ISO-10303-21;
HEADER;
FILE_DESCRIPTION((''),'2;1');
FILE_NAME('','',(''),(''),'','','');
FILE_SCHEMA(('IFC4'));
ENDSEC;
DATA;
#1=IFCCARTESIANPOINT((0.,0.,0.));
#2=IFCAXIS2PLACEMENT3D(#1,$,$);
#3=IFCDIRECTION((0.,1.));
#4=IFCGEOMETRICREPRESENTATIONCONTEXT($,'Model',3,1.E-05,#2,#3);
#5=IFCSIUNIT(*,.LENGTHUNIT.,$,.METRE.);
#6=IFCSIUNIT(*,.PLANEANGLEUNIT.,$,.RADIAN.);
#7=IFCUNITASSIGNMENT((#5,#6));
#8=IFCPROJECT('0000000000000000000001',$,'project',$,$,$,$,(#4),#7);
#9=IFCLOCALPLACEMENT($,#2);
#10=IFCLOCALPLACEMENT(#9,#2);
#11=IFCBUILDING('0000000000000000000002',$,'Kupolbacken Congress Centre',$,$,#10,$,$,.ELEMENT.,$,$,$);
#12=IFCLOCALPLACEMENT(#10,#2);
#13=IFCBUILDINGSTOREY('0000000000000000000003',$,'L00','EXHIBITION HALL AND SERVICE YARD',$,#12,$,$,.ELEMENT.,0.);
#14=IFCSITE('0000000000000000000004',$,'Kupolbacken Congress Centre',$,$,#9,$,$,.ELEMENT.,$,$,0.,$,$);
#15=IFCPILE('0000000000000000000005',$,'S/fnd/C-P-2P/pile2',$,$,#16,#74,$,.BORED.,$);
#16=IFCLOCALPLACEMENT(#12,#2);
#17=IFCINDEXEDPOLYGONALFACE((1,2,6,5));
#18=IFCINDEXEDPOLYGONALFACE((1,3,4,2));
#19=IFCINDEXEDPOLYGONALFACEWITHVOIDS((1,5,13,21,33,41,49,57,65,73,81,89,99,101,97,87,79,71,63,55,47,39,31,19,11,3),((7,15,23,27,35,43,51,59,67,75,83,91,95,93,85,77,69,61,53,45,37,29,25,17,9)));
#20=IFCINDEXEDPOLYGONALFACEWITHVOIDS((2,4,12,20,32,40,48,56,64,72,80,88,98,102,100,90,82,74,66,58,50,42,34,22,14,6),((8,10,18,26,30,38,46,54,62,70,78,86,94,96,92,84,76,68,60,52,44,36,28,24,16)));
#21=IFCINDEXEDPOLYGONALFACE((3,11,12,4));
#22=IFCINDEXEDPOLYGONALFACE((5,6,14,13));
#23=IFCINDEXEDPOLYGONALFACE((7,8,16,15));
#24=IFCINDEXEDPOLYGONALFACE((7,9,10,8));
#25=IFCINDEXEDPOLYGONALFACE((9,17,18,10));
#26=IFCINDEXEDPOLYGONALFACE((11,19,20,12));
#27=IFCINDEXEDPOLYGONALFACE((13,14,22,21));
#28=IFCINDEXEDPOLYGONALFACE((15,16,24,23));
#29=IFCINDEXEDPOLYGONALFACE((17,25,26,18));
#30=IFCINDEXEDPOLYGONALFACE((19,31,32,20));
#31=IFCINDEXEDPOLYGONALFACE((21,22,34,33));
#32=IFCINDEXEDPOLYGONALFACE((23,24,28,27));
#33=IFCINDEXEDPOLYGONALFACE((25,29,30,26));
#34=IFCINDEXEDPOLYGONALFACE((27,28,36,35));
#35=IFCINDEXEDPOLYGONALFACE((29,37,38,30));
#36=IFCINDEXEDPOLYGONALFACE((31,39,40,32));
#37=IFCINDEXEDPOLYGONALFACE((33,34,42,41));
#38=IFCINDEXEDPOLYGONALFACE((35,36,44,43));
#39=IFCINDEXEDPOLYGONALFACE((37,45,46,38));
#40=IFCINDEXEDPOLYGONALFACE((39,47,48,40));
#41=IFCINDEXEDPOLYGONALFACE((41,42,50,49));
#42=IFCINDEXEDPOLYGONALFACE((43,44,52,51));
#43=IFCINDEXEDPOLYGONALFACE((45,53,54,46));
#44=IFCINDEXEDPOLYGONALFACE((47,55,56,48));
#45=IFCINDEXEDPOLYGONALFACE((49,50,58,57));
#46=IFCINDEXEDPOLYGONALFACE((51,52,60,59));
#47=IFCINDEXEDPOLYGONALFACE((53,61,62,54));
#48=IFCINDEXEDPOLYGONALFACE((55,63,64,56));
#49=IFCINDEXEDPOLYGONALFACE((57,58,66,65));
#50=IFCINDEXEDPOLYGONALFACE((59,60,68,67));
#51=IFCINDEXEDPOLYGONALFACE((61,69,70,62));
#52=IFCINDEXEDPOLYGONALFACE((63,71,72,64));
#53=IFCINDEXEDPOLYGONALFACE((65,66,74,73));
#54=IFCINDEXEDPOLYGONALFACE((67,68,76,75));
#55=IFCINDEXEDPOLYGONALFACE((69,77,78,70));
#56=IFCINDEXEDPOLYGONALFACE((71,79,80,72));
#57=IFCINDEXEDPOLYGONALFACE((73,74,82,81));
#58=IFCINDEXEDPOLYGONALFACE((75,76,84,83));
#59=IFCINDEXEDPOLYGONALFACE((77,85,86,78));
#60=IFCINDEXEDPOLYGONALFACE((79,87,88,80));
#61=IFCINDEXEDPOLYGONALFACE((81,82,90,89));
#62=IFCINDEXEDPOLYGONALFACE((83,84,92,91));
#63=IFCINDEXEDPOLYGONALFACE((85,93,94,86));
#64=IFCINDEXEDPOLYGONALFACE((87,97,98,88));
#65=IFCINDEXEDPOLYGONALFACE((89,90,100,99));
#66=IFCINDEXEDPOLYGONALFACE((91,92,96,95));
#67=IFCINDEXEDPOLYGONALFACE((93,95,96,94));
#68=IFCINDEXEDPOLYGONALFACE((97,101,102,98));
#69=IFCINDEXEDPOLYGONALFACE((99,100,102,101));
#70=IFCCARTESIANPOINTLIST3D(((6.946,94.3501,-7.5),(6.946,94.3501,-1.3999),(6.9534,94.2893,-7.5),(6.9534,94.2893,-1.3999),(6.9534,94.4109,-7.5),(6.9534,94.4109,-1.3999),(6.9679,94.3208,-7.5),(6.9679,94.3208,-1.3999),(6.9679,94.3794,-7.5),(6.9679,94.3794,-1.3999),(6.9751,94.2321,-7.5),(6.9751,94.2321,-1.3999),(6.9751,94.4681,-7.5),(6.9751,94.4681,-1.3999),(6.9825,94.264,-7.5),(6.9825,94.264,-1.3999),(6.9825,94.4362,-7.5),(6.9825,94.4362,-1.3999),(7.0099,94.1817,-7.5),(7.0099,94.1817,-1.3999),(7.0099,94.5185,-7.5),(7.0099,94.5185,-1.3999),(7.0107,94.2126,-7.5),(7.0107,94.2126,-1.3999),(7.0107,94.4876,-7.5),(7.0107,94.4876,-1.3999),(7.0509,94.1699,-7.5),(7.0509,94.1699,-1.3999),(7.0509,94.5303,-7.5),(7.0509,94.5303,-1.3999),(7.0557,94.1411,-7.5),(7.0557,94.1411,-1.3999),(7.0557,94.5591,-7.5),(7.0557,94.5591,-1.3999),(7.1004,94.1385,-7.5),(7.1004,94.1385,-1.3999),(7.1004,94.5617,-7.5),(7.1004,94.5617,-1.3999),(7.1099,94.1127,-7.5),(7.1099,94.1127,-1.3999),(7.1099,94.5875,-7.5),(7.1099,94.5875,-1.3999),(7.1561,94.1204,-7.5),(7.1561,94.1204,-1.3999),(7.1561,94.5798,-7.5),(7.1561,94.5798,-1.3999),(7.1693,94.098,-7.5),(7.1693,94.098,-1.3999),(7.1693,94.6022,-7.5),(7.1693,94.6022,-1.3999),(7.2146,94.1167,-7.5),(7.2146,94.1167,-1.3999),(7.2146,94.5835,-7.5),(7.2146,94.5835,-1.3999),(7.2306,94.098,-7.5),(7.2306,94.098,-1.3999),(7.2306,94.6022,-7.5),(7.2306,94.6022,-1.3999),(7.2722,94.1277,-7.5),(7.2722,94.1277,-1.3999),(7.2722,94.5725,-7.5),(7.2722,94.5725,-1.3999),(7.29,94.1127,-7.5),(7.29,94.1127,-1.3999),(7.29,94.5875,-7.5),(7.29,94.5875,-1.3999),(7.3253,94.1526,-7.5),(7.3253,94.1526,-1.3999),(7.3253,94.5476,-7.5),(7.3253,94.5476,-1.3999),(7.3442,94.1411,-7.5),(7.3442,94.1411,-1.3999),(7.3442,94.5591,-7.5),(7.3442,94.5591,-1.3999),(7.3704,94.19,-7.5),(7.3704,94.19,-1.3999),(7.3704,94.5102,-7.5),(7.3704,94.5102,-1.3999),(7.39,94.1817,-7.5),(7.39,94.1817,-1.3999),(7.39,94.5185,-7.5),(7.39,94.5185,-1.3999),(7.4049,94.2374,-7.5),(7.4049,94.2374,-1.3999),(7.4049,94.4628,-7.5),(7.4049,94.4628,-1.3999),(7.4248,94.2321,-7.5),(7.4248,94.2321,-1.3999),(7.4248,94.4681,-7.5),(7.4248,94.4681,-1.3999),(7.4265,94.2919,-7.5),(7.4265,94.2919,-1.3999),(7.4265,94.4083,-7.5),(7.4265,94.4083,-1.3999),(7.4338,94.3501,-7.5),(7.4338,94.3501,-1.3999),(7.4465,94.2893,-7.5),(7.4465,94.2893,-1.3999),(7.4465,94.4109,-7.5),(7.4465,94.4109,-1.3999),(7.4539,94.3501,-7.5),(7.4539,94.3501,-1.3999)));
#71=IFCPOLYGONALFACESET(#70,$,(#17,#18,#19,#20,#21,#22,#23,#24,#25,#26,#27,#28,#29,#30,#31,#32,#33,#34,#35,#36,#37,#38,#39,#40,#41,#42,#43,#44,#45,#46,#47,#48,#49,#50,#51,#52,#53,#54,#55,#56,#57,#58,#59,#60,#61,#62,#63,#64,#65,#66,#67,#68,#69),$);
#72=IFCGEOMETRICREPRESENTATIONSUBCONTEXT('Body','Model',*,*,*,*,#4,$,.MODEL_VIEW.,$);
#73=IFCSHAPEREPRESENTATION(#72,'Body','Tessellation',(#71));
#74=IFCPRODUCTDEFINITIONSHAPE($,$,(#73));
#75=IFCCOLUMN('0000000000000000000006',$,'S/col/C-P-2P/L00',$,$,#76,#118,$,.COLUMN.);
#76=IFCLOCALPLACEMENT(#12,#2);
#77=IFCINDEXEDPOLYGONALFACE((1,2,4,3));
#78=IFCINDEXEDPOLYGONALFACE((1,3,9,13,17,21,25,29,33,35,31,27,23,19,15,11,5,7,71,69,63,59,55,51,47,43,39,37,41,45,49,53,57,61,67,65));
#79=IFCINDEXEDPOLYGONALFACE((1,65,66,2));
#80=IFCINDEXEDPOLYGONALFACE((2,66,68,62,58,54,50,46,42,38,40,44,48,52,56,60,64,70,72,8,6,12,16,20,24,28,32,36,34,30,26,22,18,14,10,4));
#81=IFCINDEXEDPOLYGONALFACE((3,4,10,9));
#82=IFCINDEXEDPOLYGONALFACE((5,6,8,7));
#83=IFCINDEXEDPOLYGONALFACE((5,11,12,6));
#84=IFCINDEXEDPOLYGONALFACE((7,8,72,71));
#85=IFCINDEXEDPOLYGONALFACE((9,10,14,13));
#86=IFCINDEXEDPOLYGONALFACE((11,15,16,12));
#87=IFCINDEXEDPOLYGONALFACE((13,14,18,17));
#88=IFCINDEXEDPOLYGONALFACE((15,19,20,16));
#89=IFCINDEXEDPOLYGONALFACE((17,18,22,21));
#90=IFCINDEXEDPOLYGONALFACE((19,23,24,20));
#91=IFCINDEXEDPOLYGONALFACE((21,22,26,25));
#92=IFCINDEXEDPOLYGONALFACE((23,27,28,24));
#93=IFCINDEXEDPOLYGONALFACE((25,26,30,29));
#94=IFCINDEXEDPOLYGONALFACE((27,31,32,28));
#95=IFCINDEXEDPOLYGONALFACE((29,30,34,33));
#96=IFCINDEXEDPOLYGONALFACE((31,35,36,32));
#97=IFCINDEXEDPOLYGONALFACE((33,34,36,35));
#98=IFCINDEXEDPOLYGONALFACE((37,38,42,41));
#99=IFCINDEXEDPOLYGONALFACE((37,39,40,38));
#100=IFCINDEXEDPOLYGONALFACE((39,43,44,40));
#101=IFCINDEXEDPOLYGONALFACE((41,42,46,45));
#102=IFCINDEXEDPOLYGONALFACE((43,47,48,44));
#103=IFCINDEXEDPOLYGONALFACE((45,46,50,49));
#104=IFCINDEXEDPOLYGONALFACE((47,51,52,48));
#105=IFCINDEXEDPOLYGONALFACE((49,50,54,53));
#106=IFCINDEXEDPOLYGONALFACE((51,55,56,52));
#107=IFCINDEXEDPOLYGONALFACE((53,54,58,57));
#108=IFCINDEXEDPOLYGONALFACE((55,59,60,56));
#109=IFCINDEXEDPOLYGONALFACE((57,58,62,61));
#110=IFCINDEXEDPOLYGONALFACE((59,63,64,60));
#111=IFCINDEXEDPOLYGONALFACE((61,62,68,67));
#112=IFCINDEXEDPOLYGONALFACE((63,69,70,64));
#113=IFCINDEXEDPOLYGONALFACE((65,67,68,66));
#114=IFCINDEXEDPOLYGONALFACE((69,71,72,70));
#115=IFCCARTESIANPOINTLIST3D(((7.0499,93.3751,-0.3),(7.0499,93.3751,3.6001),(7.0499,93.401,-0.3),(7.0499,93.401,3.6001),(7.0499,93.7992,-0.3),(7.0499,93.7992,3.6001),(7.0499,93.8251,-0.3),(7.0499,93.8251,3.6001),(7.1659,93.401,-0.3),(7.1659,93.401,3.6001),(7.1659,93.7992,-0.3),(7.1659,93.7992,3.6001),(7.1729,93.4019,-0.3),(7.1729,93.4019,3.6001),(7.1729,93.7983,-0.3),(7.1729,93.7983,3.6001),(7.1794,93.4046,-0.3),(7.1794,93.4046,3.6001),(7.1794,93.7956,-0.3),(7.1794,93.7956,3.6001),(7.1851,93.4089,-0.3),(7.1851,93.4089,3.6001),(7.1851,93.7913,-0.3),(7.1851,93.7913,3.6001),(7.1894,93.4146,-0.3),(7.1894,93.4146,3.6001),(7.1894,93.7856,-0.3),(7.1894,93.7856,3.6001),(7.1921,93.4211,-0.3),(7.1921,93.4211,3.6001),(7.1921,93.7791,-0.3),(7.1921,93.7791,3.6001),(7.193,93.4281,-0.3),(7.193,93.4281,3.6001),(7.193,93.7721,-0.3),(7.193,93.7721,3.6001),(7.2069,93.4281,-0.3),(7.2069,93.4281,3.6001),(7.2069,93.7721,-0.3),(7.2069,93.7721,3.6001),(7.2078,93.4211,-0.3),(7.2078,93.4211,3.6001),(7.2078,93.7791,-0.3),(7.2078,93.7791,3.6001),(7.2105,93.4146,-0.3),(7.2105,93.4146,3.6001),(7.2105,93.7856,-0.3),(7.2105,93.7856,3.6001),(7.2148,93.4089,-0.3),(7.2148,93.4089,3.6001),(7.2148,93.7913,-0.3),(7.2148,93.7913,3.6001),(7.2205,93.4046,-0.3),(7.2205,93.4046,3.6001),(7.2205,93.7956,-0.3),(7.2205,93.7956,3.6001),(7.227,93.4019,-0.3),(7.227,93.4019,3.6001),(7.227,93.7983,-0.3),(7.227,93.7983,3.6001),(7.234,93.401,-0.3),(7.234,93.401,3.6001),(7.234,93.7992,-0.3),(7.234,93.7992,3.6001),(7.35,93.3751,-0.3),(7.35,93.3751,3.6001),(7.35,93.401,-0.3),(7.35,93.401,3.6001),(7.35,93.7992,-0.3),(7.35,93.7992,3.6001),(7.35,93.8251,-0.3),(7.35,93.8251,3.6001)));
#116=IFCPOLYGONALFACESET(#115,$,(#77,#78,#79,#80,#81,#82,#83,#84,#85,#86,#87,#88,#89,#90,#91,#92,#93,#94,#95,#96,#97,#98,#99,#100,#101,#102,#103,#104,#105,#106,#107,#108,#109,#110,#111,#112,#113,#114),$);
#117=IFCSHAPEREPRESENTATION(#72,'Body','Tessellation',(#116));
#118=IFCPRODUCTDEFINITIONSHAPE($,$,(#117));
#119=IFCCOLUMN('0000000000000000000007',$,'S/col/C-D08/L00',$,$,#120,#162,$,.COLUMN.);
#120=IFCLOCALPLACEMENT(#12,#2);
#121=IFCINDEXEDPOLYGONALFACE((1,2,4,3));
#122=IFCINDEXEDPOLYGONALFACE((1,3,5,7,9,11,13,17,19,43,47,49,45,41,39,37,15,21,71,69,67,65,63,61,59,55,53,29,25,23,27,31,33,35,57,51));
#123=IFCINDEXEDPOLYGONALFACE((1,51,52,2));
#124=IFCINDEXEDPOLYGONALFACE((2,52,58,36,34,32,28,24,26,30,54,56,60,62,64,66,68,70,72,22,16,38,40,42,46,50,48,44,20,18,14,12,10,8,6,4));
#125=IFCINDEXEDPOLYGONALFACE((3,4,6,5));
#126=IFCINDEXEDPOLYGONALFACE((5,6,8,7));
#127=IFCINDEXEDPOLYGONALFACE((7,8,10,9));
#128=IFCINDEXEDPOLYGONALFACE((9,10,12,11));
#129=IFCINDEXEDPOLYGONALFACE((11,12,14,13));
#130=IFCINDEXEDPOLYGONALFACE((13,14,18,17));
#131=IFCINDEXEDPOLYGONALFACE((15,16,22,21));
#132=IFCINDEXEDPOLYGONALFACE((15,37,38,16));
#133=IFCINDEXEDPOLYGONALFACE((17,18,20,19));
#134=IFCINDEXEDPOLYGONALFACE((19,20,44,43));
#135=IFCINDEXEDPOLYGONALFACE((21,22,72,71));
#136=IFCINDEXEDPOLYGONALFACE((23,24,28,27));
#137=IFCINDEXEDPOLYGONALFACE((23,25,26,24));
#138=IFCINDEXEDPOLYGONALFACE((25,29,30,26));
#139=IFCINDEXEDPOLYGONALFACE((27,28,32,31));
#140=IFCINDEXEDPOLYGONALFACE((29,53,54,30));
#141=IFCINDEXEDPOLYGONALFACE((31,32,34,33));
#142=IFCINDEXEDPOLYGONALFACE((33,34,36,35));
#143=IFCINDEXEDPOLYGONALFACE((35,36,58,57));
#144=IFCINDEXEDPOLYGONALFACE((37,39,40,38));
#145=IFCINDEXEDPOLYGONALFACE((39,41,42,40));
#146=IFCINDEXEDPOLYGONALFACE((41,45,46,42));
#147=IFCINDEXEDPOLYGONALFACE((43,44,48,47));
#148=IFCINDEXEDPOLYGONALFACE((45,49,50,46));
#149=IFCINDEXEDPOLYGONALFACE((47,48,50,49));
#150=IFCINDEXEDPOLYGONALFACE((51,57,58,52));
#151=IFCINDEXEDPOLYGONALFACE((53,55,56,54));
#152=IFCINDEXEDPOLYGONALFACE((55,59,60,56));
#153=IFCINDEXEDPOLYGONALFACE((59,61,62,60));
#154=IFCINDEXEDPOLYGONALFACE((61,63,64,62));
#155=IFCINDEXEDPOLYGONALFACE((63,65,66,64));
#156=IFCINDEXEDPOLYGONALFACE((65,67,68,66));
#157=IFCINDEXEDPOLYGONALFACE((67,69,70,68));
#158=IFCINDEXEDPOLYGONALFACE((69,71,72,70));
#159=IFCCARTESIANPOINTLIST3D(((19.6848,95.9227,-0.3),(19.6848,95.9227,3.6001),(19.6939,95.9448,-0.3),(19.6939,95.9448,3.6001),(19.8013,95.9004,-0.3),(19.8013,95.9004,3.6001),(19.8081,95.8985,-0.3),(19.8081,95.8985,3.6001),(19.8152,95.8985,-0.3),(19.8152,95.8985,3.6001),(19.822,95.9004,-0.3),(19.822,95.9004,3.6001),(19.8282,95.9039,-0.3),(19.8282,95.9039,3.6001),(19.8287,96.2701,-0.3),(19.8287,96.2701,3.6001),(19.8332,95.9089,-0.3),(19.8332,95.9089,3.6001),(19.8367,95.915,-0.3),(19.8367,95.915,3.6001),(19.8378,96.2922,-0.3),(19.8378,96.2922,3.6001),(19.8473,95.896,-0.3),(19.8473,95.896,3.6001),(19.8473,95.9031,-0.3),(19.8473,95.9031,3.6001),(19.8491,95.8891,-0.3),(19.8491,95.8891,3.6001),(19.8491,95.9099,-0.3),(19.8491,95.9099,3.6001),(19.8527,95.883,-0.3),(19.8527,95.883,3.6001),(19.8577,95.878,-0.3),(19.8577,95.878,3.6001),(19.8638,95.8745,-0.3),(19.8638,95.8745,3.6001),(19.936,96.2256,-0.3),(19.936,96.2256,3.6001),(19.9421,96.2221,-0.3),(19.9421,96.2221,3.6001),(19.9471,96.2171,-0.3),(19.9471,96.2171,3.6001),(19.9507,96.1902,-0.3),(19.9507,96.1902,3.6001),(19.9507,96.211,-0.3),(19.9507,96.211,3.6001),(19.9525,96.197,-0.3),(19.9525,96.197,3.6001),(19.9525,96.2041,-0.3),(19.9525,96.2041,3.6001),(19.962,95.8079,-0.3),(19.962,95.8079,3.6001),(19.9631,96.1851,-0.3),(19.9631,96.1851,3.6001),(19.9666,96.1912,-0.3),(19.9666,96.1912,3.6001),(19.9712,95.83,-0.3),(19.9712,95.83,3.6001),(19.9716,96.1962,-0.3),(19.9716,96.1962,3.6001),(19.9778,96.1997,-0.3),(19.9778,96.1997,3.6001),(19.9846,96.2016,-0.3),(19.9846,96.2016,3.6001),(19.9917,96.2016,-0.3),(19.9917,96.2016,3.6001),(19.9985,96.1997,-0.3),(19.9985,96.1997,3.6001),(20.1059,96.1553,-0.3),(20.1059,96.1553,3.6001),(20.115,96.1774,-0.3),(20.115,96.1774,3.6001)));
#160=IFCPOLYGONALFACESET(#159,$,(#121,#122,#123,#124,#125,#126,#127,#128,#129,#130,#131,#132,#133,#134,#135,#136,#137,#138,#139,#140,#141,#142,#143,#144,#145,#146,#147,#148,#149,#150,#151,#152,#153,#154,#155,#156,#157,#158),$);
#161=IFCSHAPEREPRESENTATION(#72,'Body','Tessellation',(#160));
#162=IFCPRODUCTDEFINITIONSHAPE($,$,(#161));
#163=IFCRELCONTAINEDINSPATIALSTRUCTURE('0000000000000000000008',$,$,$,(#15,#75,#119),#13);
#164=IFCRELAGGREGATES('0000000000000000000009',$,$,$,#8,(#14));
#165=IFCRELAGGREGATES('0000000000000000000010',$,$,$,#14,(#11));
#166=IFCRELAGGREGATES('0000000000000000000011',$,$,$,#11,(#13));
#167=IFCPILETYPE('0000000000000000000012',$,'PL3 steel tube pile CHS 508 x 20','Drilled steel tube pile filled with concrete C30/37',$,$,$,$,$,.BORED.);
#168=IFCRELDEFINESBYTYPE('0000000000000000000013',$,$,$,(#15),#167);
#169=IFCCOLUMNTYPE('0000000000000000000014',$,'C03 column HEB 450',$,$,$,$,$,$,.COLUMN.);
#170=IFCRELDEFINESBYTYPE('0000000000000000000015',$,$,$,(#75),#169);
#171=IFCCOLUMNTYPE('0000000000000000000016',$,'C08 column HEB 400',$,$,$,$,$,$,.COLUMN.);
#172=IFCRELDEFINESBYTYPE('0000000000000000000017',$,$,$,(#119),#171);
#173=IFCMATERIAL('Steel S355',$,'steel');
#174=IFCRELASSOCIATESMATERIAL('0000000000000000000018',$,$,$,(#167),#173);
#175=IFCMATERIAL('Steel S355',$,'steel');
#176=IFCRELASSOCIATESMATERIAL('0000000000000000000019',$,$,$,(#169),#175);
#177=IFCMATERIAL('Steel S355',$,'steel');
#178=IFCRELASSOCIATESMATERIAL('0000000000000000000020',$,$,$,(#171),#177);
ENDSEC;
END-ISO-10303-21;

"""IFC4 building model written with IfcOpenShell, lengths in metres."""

from ifc_helpers import new_model, si_unit, direction, frame, origin, origin_2d, place, context, subcontext, project, spatial, hollow_circle, i_section, extrude, material, material_profile, profile_set, type_object, element, save


model = new_model("IFC4")

# Units and contexts
model_context = context("Model", 3, precision=1e-05, world=origin(), true_north=direction((0.0, 1.0)))
body_context = subcontext(model_context, "Body", "Model", "MODEL_VIEW")
ifc_project = project(units=[si_unit("LENGTHUNIT", "METRE"), si_unit("PLANEANGLEUNIT", "RADIAN")], contexts=[model_context])

# Site, building, storey
site_placement = place(None, origin())
site = spatial("IfcSite", under=ifc_project, at=site_placement, Name="Kupolbacken Congress Centre", CompositionType="ELEMENT", RefElevation=0.0)
building_placement = place(site_placement, origin())
building = spatial("IfcBuilding", under=site, at=building_placement, Name="Kupolbacken Congress Centre", CompositionType="ELEMENT")
storey_placement = place(building_placement, origin())
storey = spatial("IfcBuildingStorey", under=building, at=storey_placement, Name="L00", Description="EXHIBITION HALL AND SERVICE YARD", CompositionType="ELEMENT", Elevation=0.0)

# Pile
ifc_material_1 = material(Name="Steel S355", Category="steel")
ifc_material_profile_1 = material_profile(ifc_material_1, hollow_circle(Radius=0.2539, WallThickness=0.02, at=origin_2d()), Name="CHS 508 x 20")
ifc_profile_set_1 = profile_set([ifc_material_profile_1], Name="Steel S355")
pile_type_1 = type_object("IfcPileType", Name="PL3 steel tube pile CHS 508 x 20", Description="Drilled steel tube pile filled with concrete C30/37", PredefinedType="BORED", material=ifc_profile_set_1)
for number, where, z_axis, x_axis, name in (
    (1, (7.2, 94.3501, -1.3999), (0.0, 0.0, -1.0), (1.0, 0.0, 0.0), "S/fnd/C-P-2P/pile2"),
):
    element("IfcPile", number, at=place(storey_placement, frame(where, z_axis=z_axis, x_axis=x_axis)), inside=storey, type_object=pile_type_1, Name=name, PredefinedType="BORED", context=body_context, shape_type="SweptSolid", body=[
        extrude(hollow_circle(Radius=0.2539, WallThickness=0.02, at=origin_2d()), origin(), (0.0, 0.0, 1.0), 6.1001),
    ])

# Columns
ifc_material_2 = material(Name="Steel S355", Category="steel")
ifc_material_profile_2 = material_profile(ifc_material_2, i_section(OverallWidth=0.3, OverallDepth=0.45, WebThickness=0.0139, FlangeThickness=0.0259, FilletRadius=0.0271, at=origin_2d()), Name="HEB 450")
ifc_profile_set_2 = profile_set([ifc_material_profile_2], Name="Steel S355")
column_type_1 = type_object("IfcColumnType", Name="C03 column HEB 450", PredefinedType="COLUMN", material=ifc_profile_set_2)
column_placement = place(storey_placement, frame((7.2, 93.6001, -0.3), z_axis=(0.0, 0.0, 1.0), x_axis=(1.0, 0.0, 0.0)))
element("IfcColumn", 2, at=column_placement, inside=storey, type_object=column_type_1, Name="S/col/C-P-2P/L00", PredefinedType="COLUMN", context=body_context, shape_type="SweptSolid", body=[
    extrude(i_section(OverallWidth=0.3, OverallDepth=0.45, WebThickness=0.0139, FlangeThickness=0.0259, FilletRadius=0.0271, at=origin_2d()), origin(), (0.0, 0.0, 1.0), 3.9001),
])
ifc_material_3 = material(Name="Steel S355", Category="steel")
ifc_material_profile_3 = material_profile(ifc_material_3, i_section(OverallWidth=0.3, OverallDepth=0.3999, WebThickness=0.0134, FlangeThickness=0.0239, FilletRadius=0.0271, at=origin_2d()), Name="HEB 400")
ifc_profile_set_3 = profile_set([ifc_material_profile_3], Name="Steel S355")
column_type_2 = type_object("IfcColumnType", Name="C08 column HEB 400", PredefinedType="COLUMN", material=ifc_profile_set_3)
for number, where, z_axis, x_axis, name in (
    (3, (19.8999, 96.05, -0.3), (0.0, 0.0, 1.0), (-0.923896, 0.382644, 0.0), "S/col/C-D08/L00"),
):
    element("IfcColumn", number, at=place(storey_placement, frame(where, z_axis=z_axis, x_axis=x_axis)), inside=storey, type_object=column_type_2, Name=name, PredefinedType="COLUMN", context=body_context, shape_type="SweptSolid", body=[
        extrude(i_section(OverallWidth=0.3, OverallDepth=0.3999, WebThickness=0.0134, FlangeThickness=0.0239, FilletRadius=0.0271, at=origin_2d()), origin(), (0.0, 0.0, 1.0), 3.9001),
    ])

save(model, "model.ifc")
